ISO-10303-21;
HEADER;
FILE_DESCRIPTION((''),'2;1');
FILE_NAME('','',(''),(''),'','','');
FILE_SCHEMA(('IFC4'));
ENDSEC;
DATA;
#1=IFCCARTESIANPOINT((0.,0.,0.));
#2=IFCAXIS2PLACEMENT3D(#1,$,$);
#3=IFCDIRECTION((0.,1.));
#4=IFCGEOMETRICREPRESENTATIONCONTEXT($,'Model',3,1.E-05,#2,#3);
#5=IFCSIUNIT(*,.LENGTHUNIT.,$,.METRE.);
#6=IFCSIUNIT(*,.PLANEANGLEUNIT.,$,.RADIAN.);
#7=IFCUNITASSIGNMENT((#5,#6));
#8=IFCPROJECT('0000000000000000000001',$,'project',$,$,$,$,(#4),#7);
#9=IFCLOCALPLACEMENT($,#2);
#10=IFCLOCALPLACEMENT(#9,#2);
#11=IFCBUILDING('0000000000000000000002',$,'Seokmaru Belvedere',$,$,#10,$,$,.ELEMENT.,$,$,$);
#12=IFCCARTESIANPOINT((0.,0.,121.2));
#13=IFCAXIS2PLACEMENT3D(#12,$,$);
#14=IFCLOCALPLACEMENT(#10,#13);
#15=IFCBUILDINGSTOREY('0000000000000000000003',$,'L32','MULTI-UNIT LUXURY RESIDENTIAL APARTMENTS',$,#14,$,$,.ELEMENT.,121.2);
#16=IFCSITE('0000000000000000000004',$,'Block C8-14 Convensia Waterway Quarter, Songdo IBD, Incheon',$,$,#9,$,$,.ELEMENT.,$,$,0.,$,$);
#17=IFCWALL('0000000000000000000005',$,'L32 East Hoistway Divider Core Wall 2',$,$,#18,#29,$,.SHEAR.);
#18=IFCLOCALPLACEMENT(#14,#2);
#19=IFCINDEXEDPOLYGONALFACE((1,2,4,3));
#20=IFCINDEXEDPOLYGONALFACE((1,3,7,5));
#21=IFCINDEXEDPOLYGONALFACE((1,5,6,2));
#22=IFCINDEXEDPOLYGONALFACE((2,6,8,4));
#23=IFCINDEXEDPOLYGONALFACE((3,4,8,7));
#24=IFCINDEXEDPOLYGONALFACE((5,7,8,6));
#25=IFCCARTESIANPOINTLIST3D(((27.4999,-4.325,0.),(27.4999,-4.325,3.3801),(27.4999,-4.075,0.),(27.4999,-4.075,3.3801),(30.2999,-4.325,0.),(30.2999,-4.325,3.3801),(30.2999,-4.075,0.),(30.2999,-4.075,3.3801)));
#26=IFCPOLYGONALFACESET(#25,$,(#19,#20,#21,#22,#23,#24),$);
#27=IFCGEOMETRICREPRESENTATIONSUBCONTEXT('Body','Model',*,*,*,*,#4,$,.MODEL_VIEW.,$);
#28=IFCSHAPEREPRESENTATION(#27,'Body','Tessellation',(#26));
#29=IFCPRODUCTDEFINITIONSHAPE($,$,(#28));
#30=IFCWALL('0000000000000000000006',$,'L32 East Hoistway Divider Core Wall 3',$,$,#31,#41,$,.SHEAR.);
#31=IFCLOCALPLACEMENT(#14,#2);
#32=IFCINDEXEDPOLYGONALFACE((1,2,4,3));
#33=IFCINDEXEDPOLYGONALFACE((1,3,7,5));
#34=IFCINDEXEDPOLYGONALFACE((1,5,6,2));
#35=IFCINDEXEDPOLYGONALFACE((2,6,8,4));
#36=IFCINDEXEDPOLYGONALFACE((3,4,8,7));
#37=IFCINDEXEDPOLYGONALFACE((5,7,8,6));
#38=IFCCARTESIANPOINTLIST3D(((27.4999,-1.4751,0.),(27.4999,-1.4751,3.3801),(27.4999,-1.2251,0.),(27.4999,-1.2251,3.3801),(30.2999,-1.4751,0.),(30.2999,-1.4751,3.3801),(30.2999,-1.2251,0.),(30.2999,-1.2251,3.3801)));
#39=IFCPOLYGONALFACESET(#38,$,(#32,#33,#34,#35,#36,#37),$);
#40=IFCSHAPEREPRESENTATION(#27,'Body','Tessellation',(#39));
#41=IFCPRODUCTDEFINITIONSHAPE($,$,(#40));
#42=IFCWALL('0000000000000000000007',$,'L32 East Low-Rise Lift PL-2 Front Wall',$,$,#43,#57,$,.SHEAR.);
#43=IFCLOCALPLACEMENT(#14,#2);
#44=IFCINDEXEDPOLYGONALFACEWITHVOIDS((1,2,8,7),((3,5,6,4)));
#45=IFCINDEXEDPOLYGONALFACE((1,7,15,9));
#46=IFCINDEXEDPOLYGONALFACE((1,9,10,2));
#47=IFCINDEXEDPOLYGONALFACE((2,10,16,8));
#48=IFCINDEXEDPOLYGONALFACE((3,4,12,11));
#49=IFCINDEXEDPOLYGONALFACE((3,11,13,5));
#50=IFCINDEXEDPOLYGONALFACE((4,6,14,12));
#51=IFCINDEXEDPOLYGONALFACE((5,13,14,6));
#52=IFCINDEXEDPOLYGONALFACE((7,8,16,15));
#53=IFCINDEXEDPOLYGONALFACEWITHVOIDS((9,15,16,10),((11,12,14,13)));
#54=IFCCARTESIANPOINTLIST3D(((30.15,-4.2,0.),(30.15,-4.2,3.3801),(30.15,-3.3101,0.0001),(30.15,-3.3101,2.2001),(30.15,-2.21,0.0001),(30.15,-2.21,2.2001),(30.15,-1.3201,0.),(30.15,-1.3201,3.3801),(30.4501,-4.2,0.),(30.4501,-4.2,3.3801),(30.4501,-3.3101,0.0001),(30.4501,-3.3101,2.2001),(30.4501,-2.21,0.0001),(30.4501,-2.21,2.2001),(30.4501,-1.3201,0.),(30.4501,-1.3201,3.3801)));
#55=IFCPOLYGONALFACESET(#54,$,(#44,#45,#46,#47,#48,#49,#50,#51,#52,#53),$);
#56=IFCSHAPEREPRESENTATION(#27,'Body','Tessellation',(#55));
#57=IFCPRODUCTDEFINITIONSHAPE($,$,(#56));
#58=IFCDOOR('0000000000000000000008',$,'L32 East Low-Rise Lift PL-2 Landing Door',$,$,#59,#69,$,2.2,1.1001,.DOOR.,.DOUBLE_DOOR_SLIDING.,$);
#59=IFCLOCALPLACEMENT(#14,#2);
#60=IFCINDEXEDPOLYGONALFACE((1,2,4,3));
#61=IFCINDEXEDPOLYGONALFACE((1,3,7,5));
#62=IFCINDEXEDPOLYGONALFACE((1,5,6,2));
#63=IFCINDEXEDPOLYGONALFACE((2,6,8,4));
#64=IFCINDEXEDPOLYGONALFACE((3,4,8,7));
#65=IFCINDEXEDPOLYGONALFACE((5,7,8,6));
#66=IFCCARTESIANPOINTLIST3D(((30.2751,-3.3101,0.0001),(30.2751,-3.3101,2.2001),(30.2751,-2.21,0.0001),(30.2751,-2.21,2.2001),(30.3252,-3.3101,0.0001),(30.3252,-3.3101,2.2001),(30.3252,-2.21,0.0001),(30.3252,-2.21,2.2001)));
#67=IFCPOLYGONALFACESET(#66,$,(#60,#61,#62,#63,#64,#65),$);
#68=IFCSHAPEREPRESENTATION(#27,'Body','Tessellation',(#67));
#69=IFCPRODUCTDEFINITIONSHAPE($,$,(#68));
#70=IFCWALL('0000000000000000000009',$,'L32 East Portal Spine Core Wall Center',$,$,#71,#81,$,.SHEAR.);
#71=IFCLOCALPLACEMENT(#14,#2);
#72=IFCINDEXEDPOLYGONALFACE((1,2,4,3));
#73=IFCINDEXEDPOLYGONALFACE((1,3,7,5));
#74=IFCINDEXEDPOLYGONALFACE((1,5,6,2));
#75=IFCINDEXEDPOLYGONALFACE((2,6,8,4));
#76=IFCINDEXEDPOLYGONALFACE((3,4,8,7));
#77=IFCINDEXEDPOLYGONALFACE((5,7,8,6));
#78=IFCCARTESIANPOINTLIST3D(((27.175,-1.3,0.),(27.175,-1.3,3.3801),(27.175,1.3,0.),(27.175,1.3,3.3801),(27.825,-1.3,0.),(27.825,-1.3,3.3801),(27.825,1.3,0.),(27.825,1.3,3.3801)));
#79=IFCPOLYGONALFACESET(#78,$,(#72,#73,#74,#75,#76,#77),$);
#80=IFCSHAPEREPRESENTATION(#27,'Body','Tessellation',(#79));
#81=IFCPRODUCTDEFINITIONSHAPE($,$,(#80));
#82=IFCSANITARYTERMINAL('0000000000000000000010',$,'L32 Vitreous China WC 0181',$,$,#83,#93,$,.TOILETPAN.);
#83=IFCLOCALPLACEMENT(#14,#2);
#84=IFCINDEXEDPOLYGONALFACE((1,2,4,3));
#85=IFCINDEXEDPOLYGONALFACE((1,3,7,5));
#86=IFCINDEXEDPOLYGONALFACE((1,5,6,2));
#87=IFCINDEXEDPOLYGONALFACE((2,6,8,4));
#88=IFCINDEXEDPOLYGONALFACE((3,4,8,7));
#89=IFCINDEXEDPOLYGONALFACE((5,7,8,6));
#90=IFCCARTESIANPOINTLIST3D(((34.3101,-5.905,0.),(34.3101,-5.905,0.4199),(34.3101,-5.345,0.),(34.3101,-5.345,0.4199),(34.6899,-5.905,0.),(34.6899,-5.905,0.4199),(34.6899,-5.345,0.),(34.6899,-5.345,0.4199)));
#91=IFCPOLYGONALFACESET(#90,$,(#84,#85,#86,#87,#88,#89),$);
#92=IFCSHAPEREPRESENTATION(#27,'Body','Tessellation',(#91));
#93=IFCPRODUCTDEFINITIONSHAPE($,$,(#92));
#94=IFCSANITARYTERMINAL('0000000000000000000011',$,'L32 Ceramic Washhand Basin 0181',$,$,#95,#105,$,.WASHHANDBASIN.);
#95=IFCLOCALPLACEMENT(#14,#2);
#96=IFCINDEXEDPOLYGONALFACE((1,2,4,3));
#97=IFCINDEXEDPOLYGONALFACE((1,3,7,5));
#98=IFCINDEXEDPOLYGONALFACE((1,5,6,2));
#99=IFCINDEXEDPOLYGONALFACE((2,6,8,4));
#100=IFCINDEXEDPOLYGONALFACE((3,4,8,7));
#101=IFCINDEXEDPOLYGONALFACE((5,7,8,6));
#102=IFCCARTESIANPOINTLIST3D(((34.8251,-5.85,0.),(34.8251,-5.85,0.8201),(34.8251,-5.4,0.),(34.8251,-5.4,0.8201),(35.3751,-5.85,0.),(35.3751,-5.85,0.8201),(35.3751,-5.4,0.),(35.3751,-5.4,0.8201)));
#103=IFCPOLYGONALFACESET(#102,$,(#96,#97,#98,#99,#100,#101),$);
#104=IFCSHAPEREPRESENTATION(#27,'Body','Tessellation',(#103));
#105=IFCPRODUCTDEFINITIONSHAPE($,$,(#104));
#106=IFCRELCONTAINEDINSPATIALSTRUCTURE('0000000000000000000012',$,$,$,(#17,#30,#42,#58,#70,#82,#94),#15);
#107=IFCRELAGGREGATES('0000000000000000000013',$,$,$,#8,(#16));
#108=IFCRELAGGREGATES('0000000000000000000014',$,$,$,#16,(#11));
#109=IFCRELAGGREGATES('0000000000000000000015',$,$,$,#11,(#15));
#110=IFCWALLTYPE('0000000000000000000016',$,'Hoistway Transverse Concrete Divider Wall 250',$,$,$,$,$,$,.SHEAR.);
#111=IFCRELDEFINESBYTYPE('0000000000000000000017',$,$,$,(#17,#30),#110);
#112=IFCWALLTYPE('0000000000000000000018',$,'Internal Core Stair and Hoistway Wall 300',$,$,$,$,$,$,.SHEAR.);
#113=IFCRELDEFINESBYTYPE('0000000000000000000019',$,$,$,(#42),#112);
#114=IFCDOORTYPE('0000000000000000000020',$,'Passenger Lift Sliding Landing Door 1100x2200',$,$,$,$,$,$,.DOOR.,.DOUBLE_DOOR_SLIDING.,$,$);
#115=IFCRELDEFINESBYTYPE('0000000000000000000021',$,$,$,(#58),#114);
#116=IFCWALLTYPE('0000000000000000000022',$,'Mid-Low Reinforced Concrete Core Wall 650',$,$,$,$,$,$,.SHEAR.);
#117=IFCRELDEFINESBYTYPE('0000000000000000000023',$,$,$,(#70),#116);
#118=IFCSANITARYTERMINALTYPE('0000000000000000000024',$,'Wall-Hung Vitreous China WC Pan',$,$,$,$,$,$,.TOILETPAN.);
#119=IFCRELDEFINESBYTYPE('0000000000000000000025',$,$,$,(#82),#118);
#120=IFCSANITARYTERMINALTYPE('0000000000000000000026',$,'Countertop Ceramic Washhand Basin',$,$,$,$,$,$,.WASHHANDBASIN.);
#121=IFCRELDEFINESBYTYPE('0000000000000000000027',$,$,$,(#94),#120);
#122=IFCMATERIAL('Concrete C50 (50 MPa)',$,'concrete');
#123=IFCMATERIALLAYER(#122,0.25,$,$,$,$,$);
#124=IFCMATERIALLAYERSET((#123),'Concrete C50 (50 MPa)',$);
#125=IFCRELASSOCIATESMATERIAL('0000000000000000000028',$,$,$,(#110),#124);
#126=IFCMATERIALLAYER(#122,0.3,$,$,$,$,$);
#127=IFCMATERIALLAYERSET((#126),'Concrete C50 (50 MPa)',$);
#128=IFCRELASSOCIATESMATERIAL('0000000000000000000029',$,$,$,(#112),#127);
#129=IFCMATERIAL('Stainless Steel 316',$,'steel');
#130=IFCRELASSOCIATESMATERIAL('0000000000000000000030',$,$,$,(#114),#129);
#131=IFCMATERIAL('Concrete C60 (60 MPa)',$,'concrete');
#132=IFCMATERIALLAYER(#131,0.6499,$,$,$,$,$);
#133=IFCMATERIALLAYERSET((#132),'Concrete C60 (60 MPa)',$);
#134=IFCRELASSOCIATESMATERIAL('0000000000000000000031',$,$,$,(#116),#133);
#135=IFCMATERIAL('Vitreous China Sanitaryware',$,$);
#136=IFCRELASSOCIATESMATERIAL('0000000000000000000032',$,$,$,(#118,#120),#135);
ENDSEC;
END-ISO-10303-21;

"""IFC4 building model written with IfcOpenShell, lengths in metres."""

from ifc_helpers import new_model, si_unit, direction, frame, frame_2d, origin, origin_2d, place, context, subcontext, project, spatial, rectangle, extrude, source, transform, mapped, material, layer, layer_set, type_object, type_shapes, element, fill, save


model = new_model("IFC4")

# Units and contexts
model_context = context("Model", 3, precision=1e-05, world=origin(), true_north=direction((0.0, 1.0)))
body_context = subcontext(model_context, "Body", "Model", "MODEL_VIEW")
ifc_project = project(units=[si_unit("LENGTHUNIT", "METRE"), si_unit("PLANEANGLEUNIT", "RADIAN")], contexts=[model_context])

# Site, building, storey
site_placement = place(None, origin())
site = spatial("IfcSite", under=ifc_project, at=site_placement, Name="Block C8-14 Convensia Waterway Quarter, Songdo IBD, Incheon", CompositionType="ELEMENT", RefElevation=0.0)
building_placement = place(site_placement, origin())
building = spatial("IfcBuilding", under=site, at=building_placement, Name="Seokmaru Belvedere", CompositionType="ELEMENT")
storey_placement = place(building_placement, frame((0.0, 0.0, 121.2)))
storey = spatial("IfcBuildingStorey", under=building, at=storey_placement, Name="L32", Description="MULTI-UNIT LUXURY RESIDENTIAL APARTMENTS", CompositionType="ELEMENT", Elevation=121.2)

# Walls
ifc_material_1 = material(Name="Concrete C50 (50 MPa)", Category="concrete")
ifc_layer_1 = layer(ifc_material_1, 0.25)
ifc_layer_set_1 = layer_set([ifc_layer_1], Name="Concrete C50 (50 MPa)")
wall_type_1 = type_object("IfcWallType", Name="Hoistway Transverse Concrete Divider Wall 250", PredefinedType="SHEAR", material=ifc_layer_set_1)
for number, where, z_axis, x_axis, name in (
    (1, (27.5, -4.2, 0.0), (0.0, 0.0, 1.0), (1.0, 0.0, 0.0), "L32 East Hoistway Divider Core Wall 2"),
    (2, (27.5, -1.3501, 0.0), (0.0, 0.0, 1.0), (1.0, 0.0, 0.0), "L32 East Hoistway Divider Core Wall 3"),
):
    element("IfcWall", number, at=place(storey_placement, frame(where, z_axis=z_axis, x_axis=x_axis)), inside=storey, type_object=wall_type_1, Name=name, PredefinedType="SHEAR", context=body_context, shape_type="SweptSolid", body=[
        extrude(rectangle(XDim=2.8, YDim=0.25, at=frame_2d((1.3999, 0.0))), origin(), (0.0, 0.0, 1.0), 3.3801),
    ])

# Wall, opening, door
ifc_layer_2 = layer(ifc_material_1, 0.3)
ifc_layer_set_2 = layer_set([ifc_layer_2], Name="Concrete C50 (50 MPa)")
wall_type_2 = type_object("IfcWallType", Name="Internal Core Stair and Hoistway Wall 300", PredefinedType="SHEAR", material=ifc_layer_set_2)
wall_1_placement = place(storey_placement, frame((30.3, -4.2, 0.0), z_axis=(0.0, 0.0, 1.0), x_axis=(0.0, 1.0, 0.0)))
wall_1 = element("IfcWall", 3, at=wall_1_placement, inside=storey, type_object=wall_type_2, Name="L32 East Low-Rise Lift PL-2 Front Wall", PredefinedType="SHEAR", context=body_context, shape_type="SweptSolid", body=[
    extrude(rectangle(XDim=2.8799, YDim=0.3, at=frame_2d((1.4399, 0.0))), origin(), (0.0, 0.0, 1.0), 3.3801),
])
opening_1_placement = place(wall_1_placement, frame((0.8899, 0.0, 0.0)))
opening_1 = element("IfcOpeningElement", 4, at=opening_1_placement, cuts=wall_1, PredefinedType="OPENING", context=body_context, shape_type="SweptSolid", body=[
    extrude(rectangle(XDim=1.1001, YDim=2.2, at=frame_2d((0.55, 1.1001))), frame((0.0, 0.1602, 0.0), z_axis=(0.0, -1.0, 0.0), x_axis=(1.0, 0.0, 0.0)), (0.0, 0.0, 1.0), 0.3201),
])
ifc_material_2 = material(Name="Stainless Steel 316", Category="steel")
door_type_1 = type_object("IfcDoorType", Name="Passenger Lift Sliding Landing Door 1100x2200", OperationType="DOUBLE_DOOR_SLIDING", PredefinedType="DOOR", material=ifc_material_2)
shared_shape_1 = source(origin(), body_context, "Body", "SweptSolid", [
    extrude(rectangle(XDim=1.1001, YDim=2.2, at=frame_2d((0.55, 1.1001))), frame((0.0, 0.0249, 0.0), z_axis=(0.0, -1.0, 0.0), x_axis=(1.0, 0.0, 0.0)), (0.0, 0.0, 1.0), 0.05),
])
type_shapes(door_type_1, [shared_shape_1])
door_1_placement = place(opening_1_placement, origin())
door_1 = element("IfcDoor", 5, at=door_1_placement, inside=storey, type_object=door_type_1, Name="L32 East Low-Rise Lift PL-2 Landing Door", OperationType="DOUBLE_DOOR_SLIDING", OverallHeight=2.2, OverallWidth=1.1001, PredefinedType="DOOR", context=body_context, shape_type="MappedRepresentation", body=[
    mapped(shared_shape_1, transform((0.0, 0.0, 0.0), scale=1.0)),
])
fill(opening_1, door_1)

# Wall
ifc_material_3 = material(Name="Concrete C60 (60 MPa)", Category="concrete")
ifc_layer_3 = layer(ifc_material_3, 0.6499)
ifc_layer_set_3 = layer_set([ifc_layer_3], Name="Concrete C60 (60 MPa)")
wall_type_3 = type_object("IfcWallType", Name="Mid-Low Reinforced Concrete Core Wall 650", PredefinedType="SHEAR", material=ifc_layer_set_3)
wall_2_placement = place(storey_placement, frame((27.5, -1.3, 0.0), z_axis=(0.0, 0.0, 1.0), x_axis=(0.0, 1.0, 0.0)))
element("IfcWall", 6, at=wall_2_placement, inside=storey, type_object=wall_type_3, Name="L32 East Portal Spine Core Wall Center", PredefinedType="SHEAR", context=body_context, shape_type="SweptSolid", body=[
    extrude(rectangle(XDim=2.6001, YDim=0.6499, at=frame_2d((1.3, 0.0))), origin(), (0.0, 0.0, 1.0), 3.3801),
])

# Sanitary terminals
ifc_material_4 = material(Name="Vitreous China Sanitaryware")
sanitary_terminal_type_1 = type_object("IfcSanitaryTerminalType", Name="Wall-Hung Vitreous China WC Pan", PredefinedType="TOILETPAN", material=ifc_material_4)
shared_shape_2 = source(origin(), body_context, "Body", "SweptSolid", [
    extrude(rectangle(XDim=0.3799, YDim=0.5601, at=origin_2d()), origin(), (0.0, 0.0, 1.0), 0.4199),
])
type_shapes(sanitary_terminal_type_1, [shared_shape_2])
sanitary_terminal_1_placement = place(storey_placement, frame((34.5, -5.625, 0.0), z_axis=(0.0, 0.0, 1.0), x_axis=(1.0, 0.0, 0.0)))
element("IfcSanitaryTerminal", 7, at=sanitary_terminal_1_placement, inside=storey, type_object=sanitary_terminal_type_1, Name="L32 Vitreous China WC 0181", PredefinedType="TOILETPAN", context=body_context, shape_type="MappedRepresentation", body=[
    mapped(shared_shape_2, transform((0.0, 0.0, 0.0), scale=1.0)),
])
sanitary_terminal_type_2 = type_object("IfcSanitaryTerminalType", Name="Countertop Ceramic Washhand Basin", PredefinedType="WASHHANDBASIN", material=ifc_material_4)
shared_shape_3 = source(origin(), body_context, "Body", "SweptSolid", [
    extrude(rectangle(XDim=0.55, YDim=0.45, at=origin_2d()), origin(), (0.0, 0.0, 1.0), 0.8201),
])
type_shapes(sanitary_terminal_type_2, [shared_shape_3])
sanitary_terminal_2_placement = place(storey_placement, frame((35.1001, -5.625, 0.0), z_axis=(0.0, 0.0, 1.0), x_axis=(1.0, 0.0, 0.0)))
element("IfcSanitaryTerminal", 8, at=sanitary_terminal_2_placement, inside=storey, type_object=sanitary_terminal_type_2, Name="L32 Ceramic Washhand Basin 0181", PredefinedType="WASHHANDBASIN", context=body_context, shape_type="MappedRepresentation", body=[
    mapped(shared_shape_3, transform((0.0, 0.0, 0.0), scale=1.0)),
])

save(model, "model.ifc")
